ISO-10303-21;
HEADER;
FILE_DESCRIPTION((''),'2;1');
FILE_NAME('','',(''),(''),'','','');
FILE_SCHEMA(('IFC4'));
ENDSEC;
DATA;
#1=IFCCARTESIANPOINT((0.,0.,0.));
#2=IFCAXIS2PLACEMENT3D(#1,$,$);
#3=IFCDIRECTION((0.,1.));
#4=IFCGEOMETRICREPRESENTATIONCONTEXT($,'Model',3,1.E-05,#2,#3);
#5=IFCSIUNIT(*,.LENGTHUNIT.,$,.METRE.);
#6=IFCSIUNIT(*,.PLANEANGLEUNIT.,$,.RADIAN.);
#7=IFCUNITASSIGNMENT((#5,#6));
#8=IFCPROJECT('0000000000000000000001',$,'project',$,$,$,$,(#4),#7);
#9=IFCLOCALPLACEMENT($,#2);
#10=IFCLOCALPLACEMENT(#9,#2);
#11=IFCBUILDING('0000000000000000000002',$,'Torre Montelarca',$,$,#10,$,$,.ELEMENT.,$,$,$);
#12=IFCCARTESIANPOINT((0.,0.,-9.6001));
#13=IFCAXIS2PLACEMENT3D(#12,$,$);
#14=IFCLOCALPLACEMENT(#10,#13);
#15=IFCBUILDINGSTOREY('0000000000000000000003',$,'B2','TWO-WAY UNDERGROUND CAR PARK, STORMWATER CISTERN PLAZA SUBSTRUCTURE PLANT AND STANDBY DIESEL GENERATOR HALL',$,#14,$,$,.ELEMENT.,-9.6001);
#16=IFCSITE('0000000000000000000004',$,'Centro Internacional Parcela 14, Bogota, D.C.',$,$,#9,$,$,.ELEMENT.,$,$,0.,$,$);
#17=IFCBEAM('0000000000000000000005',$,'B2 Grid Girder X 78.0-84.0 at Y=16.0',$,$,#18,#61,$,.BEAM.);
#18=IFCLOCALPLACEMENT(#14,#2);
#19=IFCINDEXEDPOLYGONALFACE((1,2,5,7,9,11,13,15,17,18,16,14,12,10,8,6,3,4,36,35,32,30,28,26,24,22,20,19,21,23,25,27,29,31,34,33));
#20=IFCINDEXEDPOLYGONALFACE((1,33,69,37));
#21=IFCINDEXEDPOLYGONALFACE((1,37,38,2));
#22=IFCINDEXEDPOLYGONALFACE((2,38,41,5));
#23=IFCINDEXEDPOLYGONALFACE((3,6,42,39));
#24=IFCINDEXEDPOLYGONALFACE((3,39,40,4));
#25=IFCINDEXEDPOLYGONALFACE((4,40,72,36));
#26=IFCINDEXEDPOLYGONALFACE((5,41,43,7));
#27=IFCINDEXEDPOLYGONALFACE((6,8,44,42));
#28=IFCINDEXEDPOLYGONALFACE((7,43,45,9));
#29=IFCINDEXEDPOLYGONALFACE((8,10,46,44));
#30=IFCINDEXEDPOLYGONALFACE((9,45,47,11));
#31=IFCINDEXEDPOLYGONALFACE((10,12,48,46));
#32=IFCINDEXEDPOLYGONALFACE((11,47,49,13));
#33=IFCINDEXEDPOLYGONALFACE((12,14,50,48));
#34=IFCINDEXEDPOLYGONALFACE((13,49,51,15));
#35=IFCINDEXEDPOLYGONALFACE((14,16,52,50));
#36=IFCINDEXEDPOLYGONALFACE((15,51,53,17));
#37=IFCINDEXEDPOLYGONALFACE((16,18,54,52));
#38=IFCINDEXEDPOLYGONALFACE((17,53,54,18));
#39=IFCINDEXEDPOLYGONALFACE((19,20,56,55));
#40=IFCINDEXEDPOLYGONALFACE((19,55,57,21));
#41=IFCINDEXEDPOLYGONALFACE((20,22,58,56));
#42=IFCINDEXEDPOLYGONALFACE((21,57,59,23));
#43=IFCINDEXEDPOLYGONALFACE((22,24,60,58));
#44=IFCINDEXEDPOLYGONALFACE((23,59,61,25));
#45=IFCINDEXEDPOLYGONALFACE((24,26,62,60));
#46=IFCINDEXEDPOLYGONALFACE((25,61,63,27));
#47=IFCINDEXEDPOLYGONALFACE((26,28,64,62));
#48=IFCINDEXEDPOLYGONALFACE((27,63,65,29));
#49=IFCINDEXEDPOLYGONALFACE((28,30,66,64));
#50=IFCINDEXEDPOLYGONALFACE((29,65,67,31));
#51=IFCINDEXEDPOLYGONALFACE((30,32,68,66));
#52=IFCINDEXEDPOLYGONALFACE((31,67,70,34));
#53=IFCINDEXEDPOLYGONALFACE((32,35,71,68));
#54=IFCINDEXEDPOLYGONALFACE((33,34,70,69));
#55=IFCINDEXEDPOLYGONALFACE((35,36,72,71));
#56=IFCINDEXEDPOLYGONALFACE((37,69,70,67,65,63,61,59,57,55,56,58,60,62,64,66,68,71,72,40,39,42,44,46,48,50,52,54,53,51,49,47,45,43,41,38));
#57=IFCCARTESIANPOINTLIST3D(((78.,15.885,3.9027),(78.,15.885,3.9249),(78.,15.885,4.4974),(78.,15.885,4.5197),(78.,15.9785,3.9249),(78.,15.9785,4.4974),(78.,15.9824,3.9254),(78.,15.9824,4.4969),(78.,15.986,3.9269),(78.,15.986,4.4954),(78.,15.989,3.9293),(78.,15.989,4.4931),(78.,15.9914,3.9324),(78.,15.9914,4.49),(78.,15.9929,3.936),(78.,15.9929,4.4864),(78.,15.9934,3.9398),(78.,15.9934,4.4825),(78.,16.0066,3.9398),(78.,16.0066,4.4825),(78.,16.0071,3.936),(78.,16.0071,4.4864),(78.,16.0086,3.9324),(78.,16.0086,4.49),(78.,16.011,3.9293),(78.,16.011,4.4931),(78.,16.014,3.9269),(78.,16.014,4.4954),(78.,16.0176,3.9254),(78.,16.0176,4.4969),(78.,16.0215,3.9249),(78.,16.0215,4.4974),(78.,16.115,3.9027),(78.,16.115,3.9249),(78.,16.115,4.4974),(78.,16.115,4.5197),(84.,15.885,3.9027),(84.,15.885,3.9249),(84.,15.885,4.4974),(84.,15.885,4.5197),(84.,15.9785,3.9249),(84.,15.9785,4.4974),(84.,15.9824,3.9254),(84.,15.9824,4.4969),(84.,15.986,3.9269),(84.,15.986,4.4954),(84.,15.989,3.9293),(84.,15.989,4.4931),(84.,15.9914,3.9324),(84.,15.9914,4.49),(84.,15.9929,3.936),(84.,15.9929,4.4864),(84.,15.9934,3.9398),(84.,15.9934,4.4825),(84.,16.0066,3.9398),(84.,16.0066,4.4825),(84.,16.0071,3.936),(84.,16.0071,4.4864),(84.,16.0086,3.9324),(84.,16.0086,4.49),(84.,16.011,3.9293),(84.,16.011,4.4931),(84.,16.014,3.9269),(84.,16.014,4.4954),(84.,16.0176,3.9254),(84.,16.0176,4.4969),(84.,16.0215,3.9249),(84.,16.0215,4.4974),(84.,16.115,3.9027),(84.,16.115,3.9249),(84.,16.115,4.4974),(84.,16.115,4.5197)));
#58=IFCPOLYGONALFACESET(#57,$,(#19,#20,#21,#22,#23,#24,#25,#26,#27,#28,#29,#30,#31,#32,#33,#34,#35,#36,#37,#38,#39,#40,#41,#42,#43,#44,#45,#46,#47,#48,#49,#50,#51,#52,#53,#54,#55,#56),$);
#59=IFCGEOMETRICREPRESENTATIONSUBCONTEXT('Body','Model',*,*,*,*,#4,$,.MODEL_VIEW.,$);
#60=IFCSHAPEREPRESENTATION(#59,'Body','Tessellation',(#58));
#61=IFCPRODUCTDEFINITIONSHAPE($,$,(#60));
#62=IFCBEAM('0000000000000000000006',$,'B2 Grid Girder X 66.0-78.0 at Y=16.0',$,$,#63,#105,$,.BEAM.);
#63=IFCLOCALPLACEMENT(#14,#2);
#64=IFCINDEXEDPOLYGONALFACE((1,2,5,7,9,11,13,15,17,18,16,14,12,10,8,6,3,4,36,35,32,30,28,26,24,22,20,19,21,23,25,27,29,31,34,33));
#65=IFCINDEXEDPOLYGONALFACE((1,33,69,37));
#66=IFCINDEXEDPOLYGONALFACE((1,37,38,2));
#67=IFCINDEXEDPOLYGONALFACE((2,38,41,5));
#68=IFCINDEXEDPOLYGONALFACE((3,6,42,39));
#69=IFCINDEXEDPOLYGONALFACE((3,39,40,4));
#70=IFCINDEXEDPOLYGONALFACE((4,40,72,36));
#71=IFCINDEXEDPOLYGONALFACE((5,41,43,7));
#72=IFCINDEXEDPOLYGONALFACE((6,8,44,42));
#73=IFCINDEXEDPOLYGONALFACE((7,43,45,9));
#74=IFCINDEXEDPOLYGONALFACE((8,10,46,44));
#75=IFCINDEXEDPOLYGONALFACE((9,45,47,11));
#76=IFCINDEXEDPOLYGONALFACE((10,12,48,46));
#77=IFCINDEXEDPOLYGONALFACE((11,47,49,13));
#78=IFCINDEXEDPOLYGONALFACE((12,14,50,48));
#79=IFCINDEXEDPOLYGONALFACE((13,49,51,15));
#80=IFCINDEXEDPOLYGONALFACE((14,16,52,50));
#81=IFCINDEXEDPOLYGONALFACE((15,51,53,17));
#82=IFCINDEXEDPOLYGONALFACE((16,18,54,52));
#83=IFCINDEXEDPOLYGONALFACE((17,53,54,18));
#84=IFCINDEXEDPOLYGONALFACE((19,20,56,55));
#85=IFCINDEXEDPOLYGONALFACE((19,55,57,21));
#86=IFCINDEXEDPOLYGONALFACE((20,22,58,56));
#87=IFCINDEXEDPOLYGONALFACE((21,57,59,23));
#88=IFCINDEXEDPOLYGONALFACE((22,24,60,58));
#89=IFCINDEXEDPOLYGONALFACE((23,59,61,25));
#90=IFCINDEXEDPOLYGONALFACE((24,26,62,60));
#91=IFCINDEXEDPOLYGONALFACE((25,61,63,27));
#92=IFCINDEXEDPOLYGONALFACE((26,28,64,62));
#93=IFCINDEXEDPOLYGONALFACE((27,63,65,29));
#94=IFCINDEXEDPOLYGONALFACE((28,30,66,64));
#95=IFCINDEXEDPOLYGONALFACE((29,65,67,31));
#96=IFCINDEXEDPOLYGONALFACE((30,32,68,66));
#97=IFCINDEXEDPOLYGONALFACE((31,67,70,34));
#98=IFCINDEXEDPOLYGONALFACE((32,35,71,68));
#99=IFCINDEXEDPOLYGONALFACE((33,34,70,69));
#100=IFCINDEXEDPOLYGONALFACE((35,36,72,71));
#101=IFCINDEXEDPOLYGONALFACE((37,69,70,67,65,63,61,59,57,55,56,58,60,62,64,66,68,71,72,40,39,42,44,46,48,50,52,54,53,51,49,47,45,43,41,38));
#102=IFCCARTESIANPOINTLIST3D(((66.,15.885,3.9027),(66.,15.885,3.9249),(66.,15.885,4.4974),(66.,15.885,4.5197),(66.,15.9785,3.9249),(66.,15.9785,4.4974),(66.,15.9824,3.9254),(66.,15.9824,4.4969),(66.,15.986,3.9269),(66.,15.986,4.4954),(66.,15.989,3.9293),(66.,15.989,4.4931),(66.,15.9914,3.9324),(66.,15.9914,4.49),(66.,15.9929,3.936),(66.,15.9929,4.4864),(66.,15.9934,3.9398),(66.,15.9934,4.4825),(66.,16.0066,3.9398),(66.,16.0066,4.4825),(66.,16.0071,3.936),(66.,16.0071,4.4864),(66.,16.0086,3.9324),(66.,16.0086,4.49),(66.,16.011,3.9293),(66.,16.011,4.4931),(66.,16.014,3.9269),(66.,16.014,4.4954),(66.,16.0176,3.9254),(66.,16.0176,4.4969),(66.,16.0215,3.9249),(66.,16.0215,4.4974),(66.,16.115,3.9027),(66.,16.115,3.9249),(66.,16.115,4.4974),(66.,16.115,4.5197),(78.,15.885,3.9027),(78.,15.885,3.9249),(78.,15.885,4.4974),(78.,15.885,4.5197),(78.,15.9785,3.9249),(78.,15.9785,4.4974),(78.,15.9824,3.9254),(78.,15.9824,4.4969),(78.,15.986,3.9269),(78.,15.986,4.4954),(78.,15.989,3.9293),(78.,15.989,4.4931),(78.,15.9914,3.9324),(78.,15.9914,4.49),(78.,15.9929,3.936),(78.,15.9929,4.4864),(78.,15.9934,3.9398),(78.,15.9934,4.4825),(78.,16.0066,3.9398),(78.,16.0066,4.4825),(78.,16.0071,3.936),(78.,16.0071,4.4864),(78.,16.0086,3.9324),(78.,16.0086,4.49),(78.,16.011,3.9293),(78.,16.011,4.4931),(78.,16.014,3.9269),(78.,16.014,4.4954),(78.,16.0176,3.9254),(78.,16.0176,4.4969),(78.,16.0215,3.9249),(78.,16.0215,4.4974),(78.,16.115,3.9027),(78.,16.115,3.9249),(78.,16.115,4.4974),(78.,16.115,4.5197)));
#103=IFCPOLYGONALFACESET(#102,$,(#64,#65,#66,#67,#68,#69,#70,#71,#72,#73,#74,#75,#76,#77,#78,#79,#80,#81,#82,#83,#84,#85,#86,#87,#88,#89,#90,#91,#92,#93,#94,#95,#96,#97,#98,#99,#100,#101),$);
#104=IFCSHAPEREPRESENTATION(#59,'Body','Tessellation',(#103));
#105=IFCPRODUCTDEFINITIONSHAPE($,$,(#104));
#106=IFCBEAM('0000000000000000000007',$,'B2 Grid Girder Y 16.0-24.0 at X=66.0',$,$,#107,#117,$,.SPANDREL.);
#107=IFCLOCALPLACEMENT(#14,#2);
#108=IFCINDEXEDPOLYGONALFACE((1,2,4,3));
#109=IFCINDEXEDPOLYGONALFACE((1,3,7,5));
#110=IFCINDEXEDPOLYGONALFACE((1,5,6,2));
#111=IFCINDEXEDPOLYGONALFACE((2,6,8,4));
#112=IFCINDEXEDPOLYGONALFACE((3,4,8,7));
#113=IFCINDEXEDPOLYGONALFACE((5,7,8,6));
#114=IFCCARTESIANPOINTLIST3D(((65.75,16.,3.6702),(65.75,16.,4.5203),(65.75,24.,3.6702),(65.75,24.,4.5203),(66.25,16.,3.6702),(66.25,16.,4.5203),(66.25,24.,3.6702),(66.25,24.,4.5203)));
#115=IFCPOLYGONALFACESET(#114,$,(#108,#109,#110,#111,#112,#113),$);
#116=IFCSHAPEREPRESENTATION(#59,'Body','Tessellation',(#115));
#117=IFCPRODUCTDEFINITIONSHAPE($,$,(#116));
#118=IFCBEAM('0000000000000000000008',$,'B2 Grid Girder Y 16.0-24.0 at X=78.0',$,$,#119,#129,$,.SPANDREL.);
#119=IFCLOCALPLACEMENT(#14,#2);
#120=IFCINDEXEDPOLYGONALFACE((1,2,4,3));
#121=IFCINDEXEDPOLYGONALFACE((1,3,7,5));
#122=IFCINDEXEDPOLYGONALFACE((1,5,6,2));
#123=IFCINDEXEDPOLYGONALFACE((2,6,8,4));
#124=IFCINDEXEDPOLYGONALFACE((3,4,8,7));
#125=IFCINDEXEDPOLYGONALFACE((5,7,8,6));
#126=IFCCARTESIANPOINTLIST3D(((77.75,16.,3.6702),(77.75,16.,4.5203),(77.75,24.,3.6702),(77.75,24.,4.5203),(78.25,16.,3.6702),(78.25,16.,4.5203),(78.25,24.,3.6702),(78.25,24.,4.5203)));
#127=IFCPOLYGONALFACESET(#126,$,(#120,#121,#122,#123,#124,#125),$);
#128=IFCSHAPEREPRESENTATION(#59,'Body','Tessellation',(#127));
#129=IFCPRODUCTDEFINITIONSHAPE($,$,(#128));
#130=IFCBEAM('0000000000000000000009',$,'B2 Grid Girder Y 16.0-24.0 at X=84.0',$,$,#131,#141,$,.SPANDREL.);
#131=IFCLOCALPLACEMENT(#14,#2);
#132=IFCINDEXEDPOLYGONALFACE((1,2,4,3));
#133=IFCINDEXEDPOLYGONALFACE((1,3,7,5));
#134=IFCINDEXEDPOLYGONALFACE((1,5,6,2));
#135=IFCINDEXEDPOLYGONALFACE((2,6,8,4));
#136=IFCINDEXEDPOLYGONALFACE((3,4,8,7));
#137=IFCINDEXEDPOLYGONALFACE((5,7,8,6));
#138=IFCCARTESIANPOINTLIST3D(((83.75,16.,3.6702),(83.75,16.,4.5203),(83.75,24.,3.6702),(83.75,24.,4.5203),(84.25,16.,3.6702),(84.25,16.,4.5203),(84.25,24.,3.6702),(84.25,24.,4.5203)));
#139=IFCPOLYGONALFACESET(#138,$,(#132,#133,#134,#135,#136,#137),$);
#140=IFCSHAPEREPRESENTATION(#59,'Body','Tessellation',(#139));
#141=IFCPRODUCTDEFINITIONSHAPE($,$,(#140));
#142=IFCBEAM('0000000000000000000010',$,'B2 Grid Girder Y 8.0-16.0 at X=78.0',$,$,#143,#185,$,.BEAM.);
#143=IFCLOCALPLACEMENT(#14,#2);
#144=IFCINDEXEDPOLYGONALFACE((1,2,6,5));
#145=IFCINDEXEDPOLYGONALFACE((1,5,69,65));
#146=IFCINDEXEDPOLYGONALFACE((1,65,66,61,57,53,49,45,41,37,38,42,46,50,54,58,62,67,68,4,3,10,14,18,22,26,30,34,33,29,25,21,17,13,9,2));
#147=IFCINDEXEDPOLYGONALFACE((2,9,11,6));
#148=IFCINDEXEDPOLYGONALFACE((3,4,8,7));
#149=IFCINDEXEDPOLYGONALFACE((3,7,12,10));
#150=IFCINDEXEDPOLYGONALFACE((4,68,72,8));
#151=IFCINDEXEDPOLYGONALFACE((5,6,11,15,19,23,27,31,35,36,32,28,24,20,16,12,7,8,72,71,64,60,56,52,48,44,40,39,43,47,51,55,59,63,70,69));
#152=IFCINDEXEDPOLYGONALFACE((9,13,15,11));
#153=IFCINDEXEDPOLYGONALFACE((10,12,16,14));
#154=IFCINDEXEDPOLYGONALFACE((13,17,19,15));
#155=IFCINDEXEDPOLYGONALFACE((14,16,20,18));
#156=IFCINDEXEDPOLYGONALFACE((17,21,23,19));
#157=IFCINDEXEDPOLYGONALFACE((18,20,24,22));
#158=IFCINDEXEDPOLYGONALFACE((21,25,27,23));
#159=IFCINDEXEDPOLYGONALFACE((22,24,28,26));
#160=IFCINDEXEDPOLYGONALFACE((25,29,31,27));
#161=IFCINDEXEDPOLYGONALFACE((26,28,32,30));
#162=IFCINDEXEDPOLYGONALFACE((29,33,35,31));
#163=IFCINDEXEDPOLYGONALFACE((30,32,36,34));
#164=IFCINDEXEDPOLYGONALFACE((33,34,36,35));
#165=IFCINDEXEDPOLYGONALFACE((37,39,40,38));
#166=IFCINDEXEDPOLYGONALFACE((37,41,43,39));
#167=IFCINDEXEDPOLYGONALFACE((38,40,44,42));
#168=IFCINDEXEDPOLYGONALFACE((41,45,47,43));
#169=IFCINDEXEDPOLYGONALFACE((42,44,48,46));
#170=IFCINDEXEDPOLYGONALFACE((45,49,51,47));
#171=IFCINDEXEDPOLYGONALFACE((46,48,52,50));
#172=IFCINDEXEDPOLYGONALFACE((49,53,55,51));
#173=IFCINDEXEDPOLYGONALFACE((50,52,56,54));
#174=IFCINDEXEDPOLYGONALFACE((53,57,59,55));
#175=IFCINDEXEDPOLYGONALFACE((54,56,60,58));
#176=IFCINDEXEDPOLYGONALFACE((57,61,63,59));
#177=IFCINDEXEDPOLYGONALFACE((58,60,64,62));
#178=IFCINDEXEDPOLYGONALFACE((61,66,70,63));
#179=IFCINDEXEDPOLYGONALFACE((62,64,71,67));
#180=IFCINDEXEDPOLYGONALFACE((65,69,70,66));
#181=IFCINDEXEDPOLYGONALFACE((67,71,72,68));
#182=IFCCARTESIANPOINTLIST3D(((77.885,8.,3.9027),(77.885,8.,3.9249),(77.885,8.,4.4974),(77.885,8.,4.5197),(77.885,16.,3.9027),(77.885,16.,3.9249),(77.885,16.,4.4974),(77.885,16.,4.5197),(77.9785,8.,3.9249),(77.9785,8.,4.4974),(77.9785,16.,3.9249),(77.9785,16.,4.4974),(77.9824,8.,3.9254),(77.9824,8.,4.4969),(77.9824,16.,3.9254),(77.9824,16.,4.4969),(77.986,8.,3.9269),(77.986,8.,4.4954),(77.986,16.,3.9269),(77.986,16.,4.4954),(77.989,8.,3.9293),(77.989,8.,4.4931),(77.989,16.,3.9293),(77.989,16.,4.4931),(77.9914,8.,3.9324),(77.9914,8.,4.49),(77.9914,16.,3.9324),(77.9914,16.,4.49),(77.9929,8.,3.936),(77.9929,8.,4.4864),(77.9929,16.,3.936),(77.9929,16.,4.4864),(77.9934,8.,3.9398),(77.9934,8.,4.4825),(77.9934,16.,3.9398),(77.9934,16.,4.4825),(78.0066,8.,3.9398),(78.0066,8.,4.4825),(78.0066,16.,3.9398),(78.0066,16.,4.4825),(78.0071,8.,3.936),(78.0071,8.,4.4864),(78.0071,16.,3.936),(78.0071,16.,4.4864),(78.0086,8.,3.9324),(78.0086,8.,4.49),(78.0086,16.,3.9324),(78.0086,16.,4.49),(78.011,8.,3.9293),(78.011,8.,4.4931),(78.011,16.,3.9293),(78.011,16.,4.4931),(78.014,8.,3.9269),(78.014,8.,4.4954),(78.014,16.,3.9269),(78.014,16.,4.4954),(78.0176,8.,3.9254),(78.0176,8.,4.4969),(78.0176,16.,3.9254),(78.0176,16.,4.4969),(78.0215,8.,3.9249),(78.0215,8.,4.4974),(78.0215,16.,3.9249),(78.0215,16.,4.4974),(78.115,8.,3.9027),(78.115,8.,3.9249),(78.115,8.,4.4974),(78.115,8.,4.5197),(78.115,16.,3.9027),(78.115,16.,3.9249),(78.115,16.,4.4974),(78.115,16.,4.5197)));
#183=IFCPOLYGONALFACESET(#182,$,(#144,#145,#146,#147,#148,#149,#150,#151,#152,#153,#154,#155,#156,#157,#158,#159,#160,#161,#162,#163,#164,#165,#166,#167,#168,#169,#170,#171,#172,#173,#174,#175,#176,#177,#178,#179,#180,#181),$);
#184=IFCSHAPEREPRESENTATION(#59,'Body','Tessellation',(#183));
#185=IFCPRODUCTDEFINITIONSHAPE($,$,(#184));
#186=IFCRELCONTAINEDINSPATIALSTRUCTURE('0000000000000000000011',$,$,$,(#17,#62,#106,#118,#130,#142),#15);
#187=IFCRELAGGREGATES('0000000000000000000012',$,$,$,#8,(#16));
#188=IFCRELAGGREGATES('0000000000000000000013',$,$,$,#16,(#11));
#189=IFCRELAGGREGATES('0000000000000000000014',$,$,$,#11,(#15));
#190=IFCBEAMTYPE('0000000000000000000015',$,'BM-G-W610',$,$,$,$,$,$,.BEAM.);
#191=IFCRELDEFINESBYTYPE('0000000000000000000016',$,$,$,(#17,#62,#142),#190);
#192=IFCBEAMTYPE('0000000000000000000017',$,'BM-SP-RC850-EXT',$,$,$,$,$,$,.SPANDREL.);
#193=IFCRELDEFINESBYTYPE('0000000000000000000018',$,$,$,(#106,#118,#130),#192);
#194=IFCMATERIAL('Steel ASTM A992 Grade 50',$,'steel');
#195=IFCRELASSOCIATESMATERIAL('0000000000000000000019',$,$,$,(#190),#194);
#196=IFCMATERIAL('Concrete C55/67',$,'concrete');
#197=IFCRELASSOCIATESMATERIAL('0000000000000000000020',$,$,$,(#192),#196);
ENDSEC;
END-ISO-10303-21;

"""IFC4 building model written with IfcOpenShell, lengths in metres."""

from ifc_helpers import new_model, si_unit, direction, frame, origin, origin_2d, place, context, subcontext, project, spatial, rectangle, i_section, extrude, source, transform, mapped, material, material_profile, profile_set, type_object, element, save


model = new_model("IFC4")

# Units and contexts
model_context = context("Model", 3, precision=1e-05, world=origin(), true_north=direction((0.0, 1.0)))
body_context = subcontext(model_context, "Body", "Model", "MODEL_VIEW")
ifc_project = project(units=[si_unit("LENGTHUNIT", "METRE"), si_unit("PLANEANGLEUNIT", "RADIAN")], contexts=[model_context])

# Site, building, storey
site_placement = place(None, origin())
site = spatial("IfcSite", under=ifc_project, at=site_placement, Name="Centro Internacional Parcela 14, Bogota, D.C.", CompositionType="ELEMENT", RefElevation=0.0)
building_placement = place(site_placement, origin())
building = spatial("IfcBuilding", under=site, at=building_placement, Name="Torre Montelarca", CompositionType="ELEMENT")
storey_placement = place(building_placement, frame((0.0, 0.0, -9.6001)))
storey = spatial("IfcBuildingStorey", under=building, at=storey_placement, Name="B2", Description="TWO-WAY UNDERGROUND CAR PARK, STORMWATER CISTERN PLAZA SUBSTRUCTURE PLANT AND STANDBY DIESEL GENERATOR HALL", CompositionType="ELEMENT", Elevation=-9.6001)

# Shared definitions
ifc_material_1 = material(Name="Concrete C55/67", Category="concrete")

# Beams
ifc_material_2 = material(Name="Steel ASTM A992 Grade 50", Category="steel")
ifc_material_profile_1 = material_profile(ifc_material_2, i_section(OverallWidth=0.23, OverallDepth=0.6169, WebThickness=0.0132, FlangeThickness=0.0222, FilletRadius=0.0149, at=origin_2d()), Name="W610X140", Category="steel")
ifc_profile_set_1 = profile_set([ifc_material_profile_1], Name="Steel ASTM A992 Grade 50")
beam_type_1 = type_object("IfcBeamType", Name="BM-G-W610", PredefinedType="BEAM", material=ifc_profile_set_1)
shared_shape_1 = source(origin(), body_context, "Body", "SweptSolid", [
    extrude(i_section(OverallWidth=0.23, OverallDepth=0.6169, WebThickness=0.0132, FlangeThickness=0.0222, FilletRadius=0.0149, at=origin_2d()), origin(), (0.0, 0.0, 1.0), 6.0),
])
for number, where, z_axis, x_axis, name in (
    (1, (78.0, 16.0, 4.2112), (1.0, 0.0, 0.0), (0.0, 1.0, 0.0), "B2 Grid Girder X 78.0-84.0 at Y=16.0"),
):
    element("IfcBeam", number, at=place(storey_placement, frame(where, z_axis=z_axis, x_axis=x_axis)), inside=storey, type_object=beam_type_1, Name=name, PredefinedType="BEAM", context=body_context, shape_type="MappedRepresentation", body=[
        mapped(shared_shape_1, transform((0.0, 0.0, 0.0), scale=1.0)),
    ])
shared_shape_2 = source(origin(), body_context, "Body", "SweptSolid", [
    extrude(i_section(OverallWidth=0.23, OverallDepth=0.6169, WebThickness=0.0132, FlangeThickness=0.0222, FilletRadius=0.0149, at=origin_2d()), origin(), (0.0, 0.0, 1.0), 12.0),
])
beam_placement = place(storey_placement, frame((66.0, 16.0, 4.2112), z_axis=(1.0, 0.0, 0.0), x_axis=(0.0, 1.0, 0.0)))
element("IfcBeam", 2, at=beam_placement, inside=storey, type_object=beam_type_1, Name="B2 Grid Girder X 66.0-78.0 at Y=16.0", PredefinedType="BEAM", context=body_context, shape_type="MappedRepresentation", body=[
    mapped(shared_shape_2, transform((0.0, 0.0, 0.0), scale=1.0)),
])
ifc_material_profile_2 = material_profile(ifc_material_1, rectangle(XDim=0.5, YDim=0.8501, at=origin_2d()), Name="RCB500X850", Category="concrete")
ifc_profile_set_2 = profile_set([ifc_material_profile_2], Name="Concrete C55/67")
beam_type_2 = type_object("IfcBeamType", Name="BM-SP-RC850-EXT", PredefinedType="SPANDREL", material=ifc_profile_set_2)
shared_shape_3 = source(origin(), body_context, "Body", "SweptSolid", [
    extrude(rectangle(XDim=0.5, YDim=0.8501, at=origin_2d()), origin(), (0.0, 0.0, 1.0), 8.0),
])
for number, where, z_axis, x_axis, name in (
    (3, (66.0, 16.0, 4.0952), (0.0, 1.0, 0.0), (-1.0, 0.0, 0.0), "B2 Grid Girder Y 16.0-24.0 at X=66.0"),
    (4, (78.0, 16.0, 4.0952), (0.0, 1.0, 0.0), (-1.0, 0.0, 0.0), "B2 Grid Girder Y 16.0-24.0 at X=78.0"),
    (5, (84.0, 16.0, 4.0952), (0.0, 1.0, 0.0), (-1.0, 0.0, 0.0), "B2 Grid Girder Y 16.0-24.0 at X=84.0"),
):
    element("IfcBeam", number, at=place(storey_placement, frame(where, z_axis=z_axis, x_axis=x_axis)), inside=storey, type_object=beam_type_2, Name=name, PredefinedType="SPANDREL", context=body_context, shape_type="MappedRepresentation", body=[
        mapped(shared_shape_3, transform((0.0, 0.0, 0.0), scale=1.0)),
    ])
shared_shape_4 = source(origin(), body_context, "Body", "SweptSolid", [
    extrude(i_section(OverallWidth=0.23, OverallDepth=0.6169, WebThickness=0.0132, FlangeThickness=0.0222, FilletRadius=0.0149, at=origin_2d()), origin(), (0.0, 0.0, 1.0), 8.0),
])
for number, where, z_axis, x_axis, name in (
    (6, (78.0, 8.0, 4.2112), (0.0, 1.0, 0.0), (-1.0, 0.0, 0.0), "B2 Grid Girder Y 8.0-16.0 at X=78.0"),
):
    element("IfcBeam", number, at=place(storey_placement, frame(where, z_axis=z_axis, x_axis=x_axis)), inside=storey, type_object=beam_type_1, Name=name, PredefinedType="BEAM", context=body_context, shape_type="MappedRepresentation", body=[
        mapped(shared_shape_4, transform((0.0, 0.0, 0.0), scale=1.0)),
    ])

save(model, "model.ifc")
